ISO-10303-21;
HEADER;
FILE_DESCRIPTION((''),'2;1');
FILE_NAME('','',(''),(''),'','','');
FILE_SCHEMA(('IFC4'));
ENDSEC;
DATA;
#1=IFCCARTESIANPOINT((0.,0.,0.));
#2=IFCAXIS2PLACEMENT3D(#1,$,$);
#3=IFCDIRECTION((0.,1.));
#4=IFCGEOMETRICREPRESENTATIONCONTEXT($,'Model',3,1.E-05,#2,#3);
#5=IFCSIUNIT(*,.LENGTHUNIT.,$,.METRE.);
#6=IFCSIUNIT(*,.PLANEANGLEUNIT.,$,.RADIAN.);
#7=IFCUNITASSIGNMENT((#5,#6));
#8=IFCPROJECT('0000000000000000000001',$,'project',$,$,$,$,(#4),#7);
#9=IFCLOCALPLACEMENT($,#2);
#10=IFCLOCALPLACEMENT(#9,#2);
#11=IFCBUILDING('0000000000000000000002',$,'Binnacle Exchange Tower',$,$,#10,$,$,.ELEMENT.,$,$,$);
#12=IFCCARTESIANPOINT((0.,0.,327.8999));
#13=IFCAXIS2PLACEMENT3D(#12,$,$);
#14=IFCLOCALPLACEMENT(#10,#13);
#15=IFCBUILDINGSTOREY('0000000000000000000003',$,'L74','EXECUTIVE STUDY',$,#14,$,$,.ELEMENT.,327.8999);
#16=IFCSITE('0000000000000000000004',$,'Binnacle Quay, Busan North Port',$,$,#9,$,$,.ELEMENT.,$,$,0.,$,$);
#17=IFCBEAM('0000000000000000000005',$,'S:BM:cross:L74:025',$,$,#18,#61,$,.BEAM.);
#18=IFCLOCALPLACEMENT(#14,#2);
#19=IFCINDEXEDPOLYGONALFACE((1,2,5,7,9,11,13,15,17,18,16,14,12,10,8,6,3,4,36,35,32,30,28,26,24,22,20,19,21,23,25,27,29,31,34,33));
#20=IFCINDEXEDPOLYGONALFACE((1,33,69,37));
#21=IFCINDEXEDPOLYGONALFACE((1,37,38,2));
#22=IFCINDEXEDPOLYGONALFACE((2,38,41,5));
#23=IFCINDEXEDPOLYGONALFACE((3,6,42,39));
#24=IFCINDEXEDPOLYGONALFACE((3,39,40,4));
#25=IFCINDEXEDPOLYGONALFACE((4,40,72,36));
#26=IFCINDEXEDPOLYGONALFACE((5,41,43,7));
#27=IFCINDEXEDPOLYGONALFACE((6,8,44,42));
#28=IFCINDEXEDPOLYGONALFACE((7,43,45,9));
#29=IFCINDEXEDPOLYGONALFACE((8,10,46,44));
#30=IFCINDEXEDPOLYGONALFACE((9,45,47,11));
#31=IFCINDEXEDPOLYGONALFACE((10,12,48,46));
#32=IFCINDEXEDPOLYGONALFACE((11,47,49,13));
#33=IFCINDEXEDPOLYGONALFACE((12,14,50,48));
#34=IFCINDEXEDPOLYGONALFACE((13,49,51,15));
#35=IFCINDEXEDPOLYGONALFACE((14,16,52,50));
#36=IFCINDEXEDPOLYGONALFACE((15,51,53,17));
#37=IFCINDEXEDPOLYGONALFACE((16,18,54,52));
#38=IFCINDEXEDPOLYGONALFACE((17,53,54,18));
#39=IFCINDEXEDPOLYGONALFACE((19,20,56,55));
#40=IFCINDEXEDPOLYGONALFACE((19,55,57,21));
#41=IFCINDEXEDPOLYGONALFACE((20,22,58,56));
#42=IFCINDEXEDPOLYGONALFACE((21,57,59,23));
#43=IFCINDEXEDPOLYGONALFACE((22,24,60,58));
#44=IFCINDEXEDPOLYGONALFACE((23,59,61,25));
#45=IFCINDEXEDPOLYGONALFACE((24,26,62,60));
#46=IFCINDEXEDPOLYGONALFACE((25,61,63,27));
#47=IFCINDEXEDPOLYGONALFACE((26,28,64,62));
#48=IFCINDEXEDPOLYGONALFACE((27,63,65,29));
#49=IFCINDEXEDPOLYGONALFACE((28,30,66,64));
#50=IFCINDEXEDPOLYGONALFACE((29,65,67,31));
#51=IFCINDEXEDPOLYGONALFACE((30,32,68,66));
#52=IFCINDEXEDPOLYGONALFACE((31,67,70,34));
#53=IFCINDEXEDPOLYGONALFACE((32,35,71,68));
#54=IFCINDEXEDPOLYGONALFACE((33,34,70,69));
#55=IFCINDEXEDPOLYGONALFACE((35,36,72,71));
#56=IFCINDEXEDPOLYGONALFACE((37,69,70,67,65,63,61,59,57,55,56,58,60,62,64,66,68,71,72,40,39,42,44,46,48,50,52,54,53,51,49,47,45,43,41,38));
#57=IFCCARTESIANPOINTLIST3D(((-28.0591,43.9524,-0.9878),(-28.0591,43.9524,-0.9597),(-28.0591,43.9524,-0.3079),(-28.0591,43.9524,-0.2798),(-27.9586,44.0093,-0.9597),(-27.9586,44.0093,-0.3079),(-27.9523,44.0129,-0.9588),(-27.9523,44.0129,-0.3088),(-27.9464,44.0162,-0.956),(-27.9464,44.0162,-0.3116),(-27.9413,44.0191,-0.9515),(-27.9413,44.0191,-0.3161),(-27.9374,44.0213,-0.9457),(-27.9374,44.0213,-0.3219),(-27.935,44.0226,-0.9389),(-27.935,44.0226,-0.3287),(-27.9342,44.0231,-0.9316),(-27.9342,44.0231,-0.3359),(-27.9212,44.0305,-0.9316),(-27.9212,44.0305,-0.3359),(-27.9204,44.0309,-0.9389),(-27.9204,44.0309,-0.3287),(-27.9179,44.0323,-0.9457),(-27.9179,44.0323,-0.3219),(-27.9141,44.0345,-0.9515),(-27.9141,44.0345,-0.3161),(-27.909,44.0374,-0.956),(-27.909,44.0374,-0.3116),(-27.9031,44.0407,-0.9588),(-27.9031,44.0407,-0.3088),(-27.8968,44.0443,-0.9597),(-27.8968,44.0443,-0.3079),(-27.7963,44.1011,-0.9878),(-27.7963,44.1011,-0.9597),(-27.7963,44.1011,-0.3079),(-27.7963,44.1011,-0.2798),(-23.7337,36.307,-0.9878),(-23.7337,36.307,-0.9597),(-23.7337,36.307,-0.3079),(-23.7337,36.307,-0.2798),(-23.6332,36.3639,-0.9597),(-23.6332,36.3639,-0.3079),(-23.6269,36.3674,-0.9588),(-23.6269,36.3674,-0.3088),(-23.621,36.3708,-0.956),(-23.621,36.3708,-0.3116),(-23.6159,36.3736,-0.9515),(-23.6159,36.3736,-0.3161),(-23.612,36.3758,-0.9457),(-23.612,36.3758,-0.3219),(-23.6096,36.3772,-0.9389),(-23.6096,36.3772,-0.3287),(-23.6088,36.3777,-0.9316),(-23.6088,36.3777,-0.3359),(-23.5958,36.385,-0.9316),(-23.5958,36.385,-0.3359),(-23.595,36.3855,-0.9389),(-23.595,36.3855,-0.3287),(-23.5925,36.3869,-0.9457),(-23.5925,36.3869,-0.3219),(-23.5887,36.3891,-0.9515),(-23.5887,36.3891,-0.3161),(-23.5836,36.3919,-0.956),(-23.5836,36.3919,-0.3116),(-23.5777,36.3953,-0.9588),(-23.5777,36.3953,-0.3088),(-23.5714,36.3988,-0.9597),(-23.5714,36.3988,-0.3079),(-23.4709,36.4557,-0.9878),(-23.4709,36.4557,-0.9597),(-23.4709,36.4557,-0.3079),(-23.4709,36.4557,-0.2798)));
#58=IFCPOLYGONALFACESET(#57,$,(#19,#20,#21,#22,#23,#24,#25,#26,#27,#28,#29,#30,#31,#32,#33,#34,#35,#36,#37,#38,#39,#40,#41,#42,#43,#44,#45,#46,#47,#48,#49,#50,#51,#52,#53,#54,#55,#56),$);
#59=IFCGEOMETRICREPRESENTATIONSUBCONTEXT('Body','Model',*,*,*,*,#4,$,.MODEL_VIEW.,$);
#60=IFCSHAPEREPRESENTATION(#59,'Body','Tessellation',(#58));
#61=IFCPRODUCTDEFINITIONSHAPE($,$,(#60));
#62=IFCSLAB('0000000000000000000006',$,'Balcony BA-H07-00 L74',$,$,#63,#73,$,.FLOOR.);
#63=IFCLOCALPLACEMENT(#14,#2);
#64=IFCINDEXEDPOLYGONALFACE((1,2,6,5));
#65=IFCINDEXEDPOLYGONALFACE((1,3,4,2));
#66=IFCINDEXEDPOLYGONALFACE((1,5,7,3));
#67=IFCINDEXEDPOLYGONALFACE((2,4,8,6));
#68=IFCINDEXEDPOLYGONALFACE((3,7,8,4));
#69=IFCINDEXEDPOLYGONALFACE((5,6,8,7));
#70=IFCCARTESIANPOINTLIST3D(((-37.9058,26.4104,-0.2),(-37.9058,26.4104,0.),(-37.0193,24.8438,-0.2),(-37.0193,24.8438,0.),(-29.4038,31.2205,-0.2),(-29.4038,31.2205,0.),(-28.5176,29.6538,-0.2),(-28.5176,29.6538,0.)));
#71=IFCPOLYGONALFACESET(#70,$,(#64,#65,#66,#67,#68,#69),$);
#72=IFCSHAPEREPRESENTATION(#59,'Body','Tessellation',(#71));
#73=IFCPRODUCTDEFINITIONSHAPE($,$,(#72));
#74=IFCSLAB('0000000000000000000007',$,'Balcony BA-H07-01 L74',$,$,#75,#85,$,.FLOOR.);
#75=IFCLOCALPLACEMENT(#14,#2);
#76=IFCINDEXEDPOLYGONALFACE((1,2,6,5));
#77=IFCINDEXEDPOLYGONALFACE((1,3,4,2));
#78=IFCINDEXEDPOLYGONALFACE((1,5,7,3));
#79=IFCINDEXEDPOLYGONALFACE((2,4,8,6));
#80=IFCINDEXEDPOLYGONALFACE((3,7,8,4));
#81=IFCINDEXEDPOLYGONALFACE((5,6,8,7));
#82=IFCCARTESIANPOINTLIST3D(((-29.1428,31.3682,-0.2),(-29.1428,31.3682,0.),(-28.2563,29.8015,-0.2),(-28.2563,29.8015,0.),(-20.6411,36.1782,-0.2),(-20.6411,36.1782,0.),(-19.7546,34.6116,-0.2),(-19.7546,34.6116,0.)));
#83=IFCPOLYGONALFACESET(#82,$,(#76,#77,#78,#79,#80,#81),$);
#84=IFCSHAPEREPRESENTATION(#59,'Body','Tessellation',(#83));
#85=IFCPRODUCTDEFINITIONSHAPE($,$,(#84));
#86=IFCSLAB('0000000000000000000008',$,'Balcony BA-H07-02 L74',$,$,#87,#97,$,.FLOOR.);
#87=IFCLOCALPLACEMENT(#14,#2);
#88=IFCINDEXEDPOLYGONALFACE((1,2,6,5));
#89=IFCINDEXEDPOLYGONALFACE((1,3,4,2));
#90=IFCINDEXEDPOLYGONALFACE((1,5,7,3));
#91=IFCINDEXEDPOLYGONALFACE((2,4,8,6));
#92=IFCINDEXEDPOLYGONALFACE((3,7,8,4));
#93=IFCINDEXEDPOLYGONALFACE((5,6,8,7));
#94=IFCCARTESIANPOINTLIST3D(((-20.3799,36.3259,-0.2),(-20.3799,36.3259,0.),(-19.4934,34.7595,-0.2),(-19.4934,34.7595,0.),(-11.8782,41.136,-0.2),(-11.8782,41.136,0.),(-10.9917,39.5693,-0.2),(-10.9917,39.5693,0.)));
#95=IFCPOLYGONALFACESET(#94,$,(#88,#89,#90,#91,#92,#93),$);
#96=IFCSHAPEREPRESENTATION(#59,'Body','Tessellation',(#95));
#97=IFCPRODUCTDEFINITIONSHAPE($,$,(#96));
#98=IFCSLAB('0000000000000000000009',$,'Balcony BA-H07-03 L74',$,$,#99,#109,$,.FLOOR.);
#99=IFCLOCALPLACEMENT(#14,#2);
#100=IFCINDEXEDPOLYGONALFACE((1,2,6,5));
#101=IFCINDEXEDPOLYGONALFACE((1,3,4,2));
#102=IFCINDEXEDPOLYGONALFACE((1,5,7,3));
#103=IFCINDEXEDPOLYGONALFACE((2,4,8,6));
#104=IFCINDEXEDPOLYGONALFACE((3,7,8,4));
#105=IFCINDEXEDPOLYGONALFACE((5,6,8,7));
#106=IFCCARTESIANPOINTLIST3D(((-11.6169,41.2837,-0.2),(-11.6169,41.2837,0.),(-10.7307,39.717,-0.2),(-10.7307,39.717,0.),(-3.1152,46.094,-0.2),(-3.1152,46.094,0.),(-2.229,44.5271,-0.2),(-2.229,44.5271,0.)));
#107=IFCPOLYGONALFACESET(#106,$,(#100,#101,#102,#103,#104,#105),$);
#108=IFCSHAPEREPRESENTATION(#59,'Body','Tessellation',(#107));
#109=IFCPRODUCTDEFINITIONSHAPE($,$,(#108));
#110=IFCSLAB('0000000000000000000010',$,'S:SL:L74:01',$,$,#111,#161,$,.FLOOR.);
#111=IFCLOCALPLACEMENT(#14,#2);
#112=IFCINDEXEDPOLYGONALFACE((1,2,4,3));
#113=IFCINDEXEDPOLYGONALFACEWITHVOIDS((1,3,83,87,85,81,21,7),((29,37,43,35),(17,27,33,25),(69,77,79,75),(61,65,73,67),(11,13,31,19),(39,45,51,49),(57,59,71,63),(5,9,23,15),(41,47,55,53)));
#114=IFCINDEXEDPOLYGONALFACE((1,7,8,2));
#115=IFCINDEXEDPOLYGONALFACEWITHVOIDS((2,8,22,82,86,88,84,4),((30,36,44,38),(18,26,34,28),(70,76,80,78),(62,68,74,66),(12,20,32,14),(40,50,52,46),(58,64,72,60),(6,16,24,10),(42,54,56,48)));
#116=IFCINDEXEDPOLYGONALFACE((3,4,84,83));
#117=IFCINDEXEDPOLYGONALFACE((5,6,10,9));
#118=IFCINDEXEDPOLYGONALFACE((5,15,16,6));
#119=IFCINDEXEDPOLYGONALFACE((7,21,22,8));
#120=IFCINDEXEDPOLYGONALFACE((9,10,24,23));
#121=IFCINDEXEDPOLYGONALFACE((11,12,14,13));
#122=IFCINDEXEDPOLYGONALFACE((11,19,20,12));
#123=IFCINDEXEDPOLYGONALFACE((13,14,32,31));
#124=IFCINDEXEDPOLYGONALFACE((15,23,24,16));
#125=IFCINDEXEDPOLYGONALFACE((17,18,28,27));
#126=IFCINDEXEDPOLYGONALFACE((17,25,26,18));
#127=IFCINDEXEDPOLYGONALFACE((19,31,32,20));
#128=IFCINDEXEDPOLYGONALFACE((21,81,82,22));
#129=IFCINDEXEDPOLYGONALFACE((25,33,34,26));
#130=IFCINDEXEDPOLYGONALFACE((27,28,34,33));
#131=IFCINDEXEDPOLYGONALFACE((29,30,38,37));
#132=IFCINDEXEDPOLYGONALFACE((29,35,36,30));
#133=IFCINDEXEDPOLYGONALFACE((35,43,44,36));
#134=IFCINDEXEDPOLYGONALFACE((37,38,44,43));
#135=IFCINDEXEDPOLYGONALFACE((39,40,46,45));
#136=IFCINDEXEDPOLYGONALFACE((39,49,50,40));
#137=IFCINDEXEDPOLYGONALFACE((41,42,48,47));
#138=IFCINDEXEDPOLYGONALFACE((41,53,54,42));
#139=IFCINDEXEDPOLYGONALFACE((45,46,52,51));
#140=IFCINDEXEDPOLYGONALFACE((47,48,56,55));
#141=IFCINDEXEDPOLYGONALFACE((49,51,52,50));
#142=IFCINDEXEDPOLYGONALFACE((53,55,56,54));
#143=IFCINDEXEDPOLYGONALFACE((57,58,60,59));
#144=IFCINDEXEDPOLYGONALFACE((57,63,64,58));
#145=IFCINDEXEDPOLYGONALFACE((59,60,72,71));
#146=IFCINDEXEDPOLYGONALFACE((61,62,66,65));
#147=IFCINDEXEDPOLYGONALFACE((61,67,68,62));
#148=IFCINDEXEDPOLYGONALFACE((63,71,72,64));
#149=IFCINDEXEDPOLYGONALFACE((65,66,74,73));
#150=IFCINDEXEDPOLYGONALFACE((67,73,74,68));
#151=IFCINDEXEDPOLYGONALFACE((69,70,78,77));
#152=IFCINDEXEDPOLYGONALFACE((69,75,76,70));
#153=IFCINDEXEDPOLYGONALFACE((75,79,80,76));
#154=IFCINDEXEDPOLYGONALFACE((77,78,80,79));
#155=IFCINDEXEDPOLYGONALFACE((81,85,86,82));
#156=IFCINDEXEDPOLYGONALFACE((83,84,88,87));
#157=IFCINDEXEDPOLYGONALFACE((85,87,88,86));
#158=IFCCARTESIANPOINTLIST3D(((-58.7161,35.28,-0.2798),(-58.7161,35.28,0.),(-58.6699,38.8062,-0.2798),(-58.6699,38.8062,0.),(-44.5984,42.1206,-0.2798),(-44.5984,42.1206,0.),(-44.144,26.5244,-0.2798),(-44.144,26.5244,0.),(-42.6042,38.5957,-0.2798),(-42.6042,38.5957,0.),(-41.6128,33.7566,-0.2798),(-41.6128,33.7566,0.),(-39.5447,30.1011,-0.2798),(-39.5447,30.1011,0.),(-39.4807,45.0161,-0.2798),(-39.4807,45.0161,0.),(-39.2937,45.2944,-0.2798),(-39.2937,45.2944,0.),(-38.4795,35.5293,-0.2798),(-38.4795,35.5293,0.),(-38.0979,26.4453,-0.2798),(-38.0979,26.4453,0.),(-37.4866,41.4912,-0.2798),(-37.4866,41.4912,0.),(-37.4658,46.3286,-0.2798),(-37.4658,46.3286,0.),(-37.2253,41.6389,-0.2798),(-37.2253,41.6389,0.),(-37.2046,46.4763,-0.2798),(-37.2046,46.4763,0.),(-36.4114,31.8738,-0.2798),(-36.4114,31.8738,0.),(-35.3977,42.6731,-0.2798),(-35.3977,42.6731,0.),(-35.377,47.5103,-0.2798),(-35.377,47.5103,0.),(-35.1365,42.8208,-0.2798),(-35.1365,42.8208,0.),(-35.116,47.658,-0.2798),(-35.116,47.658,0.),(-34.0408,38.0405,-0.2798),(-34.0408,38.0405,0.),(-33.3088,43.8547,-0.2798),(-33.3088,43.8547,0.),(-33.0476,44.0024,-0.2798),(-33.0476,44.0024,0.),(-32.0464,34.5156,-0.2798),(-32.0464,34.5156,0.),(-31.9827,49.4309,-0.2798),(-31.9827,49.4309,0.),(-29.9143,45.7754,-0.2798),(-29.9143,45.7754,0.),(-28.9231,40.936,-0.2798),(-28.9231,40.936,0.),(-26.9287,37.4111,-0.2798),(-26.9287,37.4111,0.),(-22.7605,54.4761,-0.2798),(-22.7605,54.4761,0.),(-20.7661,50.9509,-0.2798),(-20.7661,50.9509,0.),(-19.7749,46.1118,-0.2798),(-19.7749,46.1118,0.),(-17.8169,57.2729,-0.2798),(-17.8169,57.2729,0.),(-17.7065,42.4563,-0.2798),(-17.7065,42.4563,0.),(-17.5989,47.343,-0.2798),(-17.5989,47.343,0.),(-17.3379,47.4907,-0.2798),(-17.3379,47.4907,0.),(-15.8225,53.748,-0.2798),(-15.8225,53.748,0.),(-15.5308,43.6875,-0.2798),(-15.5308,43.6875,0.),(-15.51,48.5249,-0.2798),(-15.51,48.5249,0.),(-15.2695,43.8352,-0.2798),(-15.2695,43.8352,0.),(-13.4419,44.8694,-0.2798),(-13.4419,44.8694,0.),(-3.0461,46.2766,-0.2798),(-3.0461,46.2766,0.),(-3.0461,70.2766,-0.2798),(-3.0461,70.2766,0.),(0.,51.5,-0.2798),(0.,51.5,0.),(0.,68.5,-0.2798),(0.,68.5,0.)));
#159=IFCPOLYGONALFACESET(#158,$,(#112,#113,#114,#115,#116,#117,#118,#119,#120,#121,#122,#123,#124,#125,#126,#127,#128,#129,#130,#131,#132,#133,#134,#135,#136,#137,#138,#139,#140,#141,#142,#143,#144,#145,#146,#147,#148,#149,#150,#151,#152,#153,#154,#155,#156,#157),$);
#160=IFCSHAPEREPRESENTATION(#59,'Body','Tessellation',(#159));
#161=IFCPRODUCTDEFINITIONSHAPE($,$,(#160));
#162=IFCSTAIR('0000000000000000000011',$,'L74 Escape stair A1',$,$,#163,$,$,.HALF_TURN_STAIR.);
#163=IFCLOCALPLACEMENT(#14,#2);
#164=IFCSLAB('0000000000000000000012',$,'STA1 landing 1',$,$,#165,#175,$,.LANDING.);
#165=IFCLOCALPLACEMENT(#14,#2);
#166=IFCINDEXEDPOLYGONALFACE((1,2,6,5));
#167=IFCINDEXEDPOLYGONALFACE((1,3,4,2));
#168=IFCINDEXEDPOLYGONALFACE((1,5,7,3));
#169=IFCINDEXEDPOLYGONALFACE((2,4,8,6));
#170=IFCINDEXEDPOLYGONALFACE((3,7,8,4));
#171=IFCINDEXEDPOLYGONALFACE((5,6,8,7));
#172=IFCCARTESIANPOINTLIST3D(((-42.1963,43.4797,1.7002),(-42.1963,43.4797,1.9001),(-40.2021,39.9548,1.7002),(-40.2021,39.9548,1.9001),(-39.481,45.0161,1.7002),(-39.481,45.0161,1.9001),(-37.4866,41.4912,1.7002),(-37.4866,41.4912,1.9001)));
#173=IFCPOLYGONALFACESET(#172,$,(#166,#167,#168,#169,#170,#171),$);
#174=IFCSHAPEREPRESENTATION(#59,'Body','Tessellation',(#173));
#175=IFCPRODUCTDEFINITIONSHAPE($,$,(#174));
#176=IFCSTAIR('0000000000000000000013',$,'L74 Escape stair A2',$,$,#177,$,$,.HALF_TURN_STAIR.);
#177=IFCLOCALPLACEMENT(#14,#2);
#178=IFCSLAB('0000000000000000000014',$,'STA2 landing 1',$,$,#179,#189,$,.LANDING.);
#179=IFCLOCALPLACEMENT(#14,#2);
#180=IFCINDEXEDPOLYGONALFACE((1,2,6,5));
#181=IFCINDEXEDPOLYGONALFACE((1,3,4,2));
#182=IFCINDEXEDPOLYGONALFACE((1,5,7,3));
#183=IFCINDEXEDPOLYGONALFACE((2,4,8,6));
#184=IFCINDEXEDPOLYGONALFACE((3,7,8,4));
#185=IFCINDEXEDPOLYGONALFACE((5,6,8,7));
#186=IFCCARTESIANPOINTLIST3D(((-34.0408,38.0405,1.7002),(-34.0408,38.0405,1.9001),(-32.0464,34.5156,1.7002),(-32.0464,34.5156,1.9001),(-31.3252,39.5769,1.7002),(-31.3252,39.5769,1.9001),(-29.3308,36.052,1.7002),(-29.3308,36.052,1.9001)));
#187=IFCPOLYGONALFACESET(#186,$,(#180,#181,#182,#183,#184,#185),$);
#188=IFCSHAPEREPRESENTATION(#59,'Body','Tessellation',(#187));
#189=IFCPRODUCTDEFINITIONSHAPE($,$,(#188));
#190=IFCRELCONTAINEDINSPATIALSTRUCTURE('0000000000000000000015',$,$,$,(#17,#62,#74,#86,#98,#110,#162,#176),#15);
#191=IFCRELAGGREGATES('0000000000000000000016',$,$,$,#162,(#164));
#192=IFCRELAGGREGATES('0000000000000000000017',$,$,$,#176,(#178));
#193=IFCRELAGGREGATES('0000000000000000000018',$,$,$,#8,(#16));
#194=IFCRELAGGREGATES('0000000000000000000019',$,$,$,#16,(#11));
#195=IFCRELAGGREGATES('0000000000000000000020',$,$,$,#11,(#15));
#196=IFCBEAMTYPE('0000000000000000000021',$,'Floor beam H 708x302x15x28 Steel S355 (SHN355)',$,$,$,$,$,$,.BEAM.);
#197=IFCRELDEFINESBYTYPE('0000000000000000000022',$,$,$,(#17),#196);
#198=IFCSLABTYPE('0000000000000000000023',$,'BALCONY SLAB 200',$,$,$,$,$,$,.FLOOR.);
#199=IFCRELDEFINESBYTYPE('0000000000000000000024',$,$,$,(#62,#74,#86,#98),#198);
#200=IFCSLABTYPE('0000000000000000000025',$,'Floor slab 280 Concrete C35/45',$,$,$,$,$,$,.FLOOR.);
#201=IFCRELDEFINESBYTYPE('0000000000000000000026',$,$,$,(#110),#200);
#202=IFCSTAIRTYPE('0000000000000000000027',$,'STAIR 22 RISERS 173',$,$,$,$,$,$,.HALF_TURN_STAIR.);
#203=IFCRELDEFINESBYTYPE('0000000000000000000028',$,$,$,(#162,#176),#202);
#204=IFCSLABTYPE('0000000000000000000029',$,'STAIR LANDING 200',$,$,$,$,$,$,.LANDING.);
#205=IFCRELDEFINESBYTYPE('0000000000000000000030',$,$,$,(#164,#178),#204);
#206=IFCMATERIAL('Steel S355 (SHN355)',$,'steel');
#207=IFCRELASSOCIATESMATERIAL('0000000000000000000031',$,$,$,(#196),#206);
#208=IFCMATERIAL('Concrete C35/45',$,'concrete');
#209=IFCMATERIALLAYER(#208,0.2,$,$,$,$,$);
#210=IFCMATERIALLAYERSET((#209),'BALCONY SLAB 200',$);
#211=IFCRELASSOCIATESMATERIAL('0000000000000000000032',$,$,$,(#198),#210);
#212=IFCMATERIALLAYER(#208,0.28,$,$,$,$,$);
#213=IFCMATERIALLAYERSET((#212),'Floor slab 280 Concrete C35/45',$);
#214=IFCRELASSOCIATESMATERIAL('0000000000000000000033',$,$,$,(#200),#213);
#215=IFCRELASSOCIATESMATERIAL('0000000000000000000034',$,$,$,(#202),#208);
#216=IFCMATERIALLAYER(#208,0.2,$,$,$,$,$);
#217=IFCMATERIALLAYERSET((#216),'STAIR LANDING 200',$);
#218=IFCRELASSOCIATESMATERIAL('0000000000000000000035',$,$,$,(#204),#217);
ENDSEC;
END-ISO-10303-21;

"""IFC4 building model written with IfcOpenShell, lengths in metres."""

from ifc_helpers import new_model, si_unit, direction, frame, origin, origin_2d, place, context, subcontext, project, spatial, polyline, i_section, outline, extrude, material, layer, layer_set, material_profile, profile_set, type_object, element, aggregate, save


model = new_model("IFC4")

# Units and contexts
model_context = context("Model", 3, precision=1e-05, world=origin(), true_north=direction((0.0, 1.0)))
body_context = subcontext(model_context, "Body", "Model", "MODEL_VIEW")
ifc_project = project(units=[si_unit("LENGTHUNIT", "METRE"), si_unit("PLANEANGLEUNIT", "RADIAN")], contexts=[model_context])

# Site, building, storey
site_placement = place(None, origin())
site = spatial("IfcSite", under=ifc_project, at=site_placement, Name="Binnacle Quay, Busan North Port", CompositionType="ELEMENT", RefElevation=0.0)
building_placement = place(site_placement, origin())
building = spatial("IfcBuilding", under=site, at=building_placement, Name="Binnacle Exchange Tower", CompositionType="ELEMENT")
storey_placement = place(building_placement, frame((0.0, 0.0, 327.8999)))
storey = spatial("IfcBuildingStorey", under=building, at=storey_placement, Name="L74", Description="EXECUTIVE STUDY", CompositionType="ELEMENT", Elevation=327.8999)

# Beam
ifc_material_1 = material(Name="Steel S355 (SHN355)", Category="steel")
ifc_material_profile_1 = material_profile(ifc_material_1, i_section(OverallWidth=0.302, OverallDepth=0.708, WebThickness=0.0149, FlangeThickness=0.0281, FilletRadius=0.0281, at=origin_2d()), Name="H 708x302x15x28")
ifc_profile_set_1 = profile_set([ifc_material_profile_1], Name="Steel S355 (SHN355)")
beam_type_1 = type_object("IfcBeamType", Name="Floor beam H 708x302x15x28 Steel S355 (SHN355)", PredefinedType="BEAM", material=ifc_profile_set_1)
beam_1_placement = place(storey_placement, frame((-23.6023, 36.3813, -0.6338), z_axis=(-0.492408, 0.870365, 0.0), x_axis=(-0.870365, -0.492408, 0.0)))
element("IfcBeam", 1, at=beam_1_placement, inside=storey, type_object=beam_type_1, Name="S:BM:cross:L74:025", PredefinedType="BEAM", context=body_context, shape_type="SweptSolid", body=[
    extrude(i_section(OverallWidth=0.302, OverallDepth=0.708, WebThickness=0.0149, FlangeThickness=0.0281, FilletRadius=0.0281, at=origin_2d()), origin(), (0.0, 0.0, 1.0), 8.7842),
])

# Slabs
ifc_material_2 = material(Name="Concrete C35/45", Category="concrete")
ifc_layer_1 = layer(ifc_material_2, 0.2)
ifc_layer_set_1 = layer_set([ifc_layer_1], Name="BALCONY SLAB 200")
slab_type_1 = type_object("IfcSlabType", Name="BALCONY SLAB 200", PredefinedType="FLOOR", material=ifc_layer_set_1)
slab_1_placement = place(storey_placement, frame((0.0, 0.0, -0.2)))
element("IfcSlab", 2, at=slab_1_placement, inside=storey, type_object=slab_type_1, Name="Balcony BA-H07-00 L74", PredefinedType="FLOOR", context=body_context, shape_type="SweptSolid", body=[
    extrude(outline(polyline([(-37.9058, 26.4104), (-29.4038, 31.2205), (-28.5176, 29.6538), (-37.0193, 24.8438), (-37.9058, 26.4104)])), origin(), (0.0, 0.0, 1.0), 0.2),
])
slab_2_placement = place(storey_placement, frame((0.0, 0.0, -0.2)))
element("IfcSlab", 3, at=slab_2_placement, inside=storey, type_object=slab_type_1, Name="Balcony BA-H07-01 L74", PredefinedType="FLOOR", context=body_context, shape_type="SweptSolid", body=[
    extrude(outline(polyline([(-29.1428, 31.3682), (-20.6411, 36.1782), (-19.7546, 34.6116), (-28.2563, 29.8015), (-29.1428, 31.3682)])), origin(), (0.0, 0.0, 1.0), 0.2),
])
slab_3_placement = place(storey_placement, frame((0.0, 0.0, -0.2)))
element("IfcSlab", 4, at=slab_3_placement, inside=storey, type_object=slab_type_1, Name="Balcony BA-H07-02 L74", PredefinedType="FLOOR", context=body_context, shape_type="SweptSolid", body=[
    extrude(outline(polyline([(-20.3799, 36.3259), (-11.8782, 41.136), (-10.9917, 39.5693), (-19.4934, 34.7595), (-20.3799, 36.3259)])), origin(), (0.0, 0.0, 1.0), 0.2),
])
slab_4_placement = place(storey_placement, frame((0.0, 0.0, -0.2)))
element("IfcSlab", 5, at=slab_4_placement, inside=storey, type_object=slab_type_1, Name="Balcony BA-H07-03 L74", PredefinedType="FLOOR", context=body_context, shape_type="SweptSolid", body=[
    extrude(outline(polyline([(-11.6169, 41.2837), (-3.1152, 46.094), (-2.229, 44.5271), (-10.7307, 39.717), (-11.6169, 41.2837)])), origin(), (0.0, 0.0, 1.0), 0.2),
])
ifc_layer_2 = layer(ifc_material_2, 0.28)
ifc_layer_set_2 = layer_set([ifc_layer_2], Name="Floor slab 280 Concrete C35/45")
slab_type_2 = type_object("IfcSlabType", Name="Floor slab 280 Concrete C35/45", PredefinedType="FLOOR", material=ifc_layer_set_2)
slab_5_placement = place(storey_placement, frame((0.0, 0.0, -0.2798)))
element("IfcSlab", 6, at=slab_5_placement, inside=storey, type_object=slab_type_2, Name="S:SL:L74:01", PredefinedType="FLOOR", context=body_context, shape_type="SweptSolid", body=[
    extrude(outline(polyline([(-38.0979, 26.4453), (-44.144, 26.5244), (-58.7161, 35.28), (-58.6699, 38.8062), (-3.0461, 70.2766), (0.0, 68.5), (0.0, 51.5), (-3.0461, 46.2766), (-38.0979, 26.4453)]), holes=[polyline([(-38.4795, 35.5293), (-41.6128, 33.7566), (-39.5447, 30.1011), (-36.4114, 31.8738), (-38.4795, 35.5293)]), polyline([(-32.0464, 34.5156), (-26.9287, 37.4111), (-28.9231, 40.936), (-34.0408, 38.0405), (-32.0464, 34.5156)]), polyline([(-39.4807, 45.0161), (-44.5984, 42.1206), (-42.6042, 38.5957), (-37.4866, 41.4912), (-39.4807, 45.0161)]), polyline([(-37.4658, 46.3286), (-39.2937, 45.2944), (-37.2253, 41.6389), (-35.3977, 42.6731), (-37.4658, 46.3286)]), polyline([(-17.5989, 47.343), (-19.7749, 46.1118), (-17.7065, 42.4563), (-15.5308, 43.6875), (-17.5989, 47.343)]), polyline([(-35.377, 47.5103), (-37.2046, 46.4763), (-35.1365, 42.8208), (-33.3088, 43.8547), (-35.377, 47.5103)]), polyline([(-15.51, 48.5249), (-17.3379, 47.4907), (-15.2695, 43.8352), (-13.4419, 44.8694), (-15.51, 48.5249)]), polyline([(-29.9143, 45.7754), (-31.9827, 49.4309), (-35.116, 47.658), (-33.0476, 44.0024), (-29.9143, 45.7754)]), polyline([(-15.8225, 53.748), (-17.8169, 57.2729), (-22.7605, 54.4761), (-20.7661, 50.9509), (-15.8225, 53.748)])]), origin(), (0.0, 0.0, 1.0), 0.2798),
])

# Stairs, slabs
stair_type = type_object("IfcStairType", Name="STAIR 22 RISERS 173", PredefinedType="HALF_TURN_STAIR", material=ifc_material_2)
stair_1_placement = place(storey_placement, origin())
stair_1 = element("IfcStair", 7, at=stair_1_placement, inside=storey, type_object=stair_type, Name="L74 Escape stair A1", PredefinedType="HALF_TURN_STAIR")
ifc_layer_3 = layer(ifc_material_2, 0.2)
ifc_layer_set_3 = layer_set([ifc_layer_3], Name="STAIR LANDING 200")
slab_type_3 = type_object("IfcSlabType", Name="STAIR LANDING 200", PredefinedType="LANDING", material=ifc_layer_set_3)
slab_6_placement = place(storey_placement, frame((0.0, 0.0, 1.7002)))
slab_6 = element("IfcSlab", 8, at=slab_6_placement, type_object=slab_type_3, Name="STA1 landing 1", PredefinedType="LANDING", context=body_context, shape_type="SweptSolid", body=[
    extrude(outline(polyline([(-40.2021, 39.9548), (-37.4866, 41.4912), (-39.481, 45.0161), (-42.1963, 43.4797), (-40.2021, 39.9548)])), origin(), (0.0, 0.0, 1.0), 0.2),
])
aggregate(stair_1, [slab_6])
stair_2_placement = place(storey_placement, origin())
stair_2 = element("IfcStair", 9, at=stair_2_placement, inside=storey, type_object=stair_type, Name="L74 Escape stair A2", PredefinedType="HALF_TURN_STAIR")
slab_7_placement = place(storey_placement, frame((0.0, 0.0, 1.7002)))
slab_7 = element("IfcSlab", 10, at=slab_7_placement, type_object=slab_type_3, Name="STA2 landing 1", PredefinedType="LANDING", context=body_context, shape_type="SweptSolid", body=[
    extrude(outline(polyline([(-31.3252, 39.5769), (-34.0408, 38.0405), (-32.0464, 34.5156), (-29.3308, 36.052), (-31.3252, 39.5769)])), origin(), (0.0, 0.0, 1.0), 0.2),
])

aggregate(stair_2, [slab_7])

save(model, "model.ifc")
